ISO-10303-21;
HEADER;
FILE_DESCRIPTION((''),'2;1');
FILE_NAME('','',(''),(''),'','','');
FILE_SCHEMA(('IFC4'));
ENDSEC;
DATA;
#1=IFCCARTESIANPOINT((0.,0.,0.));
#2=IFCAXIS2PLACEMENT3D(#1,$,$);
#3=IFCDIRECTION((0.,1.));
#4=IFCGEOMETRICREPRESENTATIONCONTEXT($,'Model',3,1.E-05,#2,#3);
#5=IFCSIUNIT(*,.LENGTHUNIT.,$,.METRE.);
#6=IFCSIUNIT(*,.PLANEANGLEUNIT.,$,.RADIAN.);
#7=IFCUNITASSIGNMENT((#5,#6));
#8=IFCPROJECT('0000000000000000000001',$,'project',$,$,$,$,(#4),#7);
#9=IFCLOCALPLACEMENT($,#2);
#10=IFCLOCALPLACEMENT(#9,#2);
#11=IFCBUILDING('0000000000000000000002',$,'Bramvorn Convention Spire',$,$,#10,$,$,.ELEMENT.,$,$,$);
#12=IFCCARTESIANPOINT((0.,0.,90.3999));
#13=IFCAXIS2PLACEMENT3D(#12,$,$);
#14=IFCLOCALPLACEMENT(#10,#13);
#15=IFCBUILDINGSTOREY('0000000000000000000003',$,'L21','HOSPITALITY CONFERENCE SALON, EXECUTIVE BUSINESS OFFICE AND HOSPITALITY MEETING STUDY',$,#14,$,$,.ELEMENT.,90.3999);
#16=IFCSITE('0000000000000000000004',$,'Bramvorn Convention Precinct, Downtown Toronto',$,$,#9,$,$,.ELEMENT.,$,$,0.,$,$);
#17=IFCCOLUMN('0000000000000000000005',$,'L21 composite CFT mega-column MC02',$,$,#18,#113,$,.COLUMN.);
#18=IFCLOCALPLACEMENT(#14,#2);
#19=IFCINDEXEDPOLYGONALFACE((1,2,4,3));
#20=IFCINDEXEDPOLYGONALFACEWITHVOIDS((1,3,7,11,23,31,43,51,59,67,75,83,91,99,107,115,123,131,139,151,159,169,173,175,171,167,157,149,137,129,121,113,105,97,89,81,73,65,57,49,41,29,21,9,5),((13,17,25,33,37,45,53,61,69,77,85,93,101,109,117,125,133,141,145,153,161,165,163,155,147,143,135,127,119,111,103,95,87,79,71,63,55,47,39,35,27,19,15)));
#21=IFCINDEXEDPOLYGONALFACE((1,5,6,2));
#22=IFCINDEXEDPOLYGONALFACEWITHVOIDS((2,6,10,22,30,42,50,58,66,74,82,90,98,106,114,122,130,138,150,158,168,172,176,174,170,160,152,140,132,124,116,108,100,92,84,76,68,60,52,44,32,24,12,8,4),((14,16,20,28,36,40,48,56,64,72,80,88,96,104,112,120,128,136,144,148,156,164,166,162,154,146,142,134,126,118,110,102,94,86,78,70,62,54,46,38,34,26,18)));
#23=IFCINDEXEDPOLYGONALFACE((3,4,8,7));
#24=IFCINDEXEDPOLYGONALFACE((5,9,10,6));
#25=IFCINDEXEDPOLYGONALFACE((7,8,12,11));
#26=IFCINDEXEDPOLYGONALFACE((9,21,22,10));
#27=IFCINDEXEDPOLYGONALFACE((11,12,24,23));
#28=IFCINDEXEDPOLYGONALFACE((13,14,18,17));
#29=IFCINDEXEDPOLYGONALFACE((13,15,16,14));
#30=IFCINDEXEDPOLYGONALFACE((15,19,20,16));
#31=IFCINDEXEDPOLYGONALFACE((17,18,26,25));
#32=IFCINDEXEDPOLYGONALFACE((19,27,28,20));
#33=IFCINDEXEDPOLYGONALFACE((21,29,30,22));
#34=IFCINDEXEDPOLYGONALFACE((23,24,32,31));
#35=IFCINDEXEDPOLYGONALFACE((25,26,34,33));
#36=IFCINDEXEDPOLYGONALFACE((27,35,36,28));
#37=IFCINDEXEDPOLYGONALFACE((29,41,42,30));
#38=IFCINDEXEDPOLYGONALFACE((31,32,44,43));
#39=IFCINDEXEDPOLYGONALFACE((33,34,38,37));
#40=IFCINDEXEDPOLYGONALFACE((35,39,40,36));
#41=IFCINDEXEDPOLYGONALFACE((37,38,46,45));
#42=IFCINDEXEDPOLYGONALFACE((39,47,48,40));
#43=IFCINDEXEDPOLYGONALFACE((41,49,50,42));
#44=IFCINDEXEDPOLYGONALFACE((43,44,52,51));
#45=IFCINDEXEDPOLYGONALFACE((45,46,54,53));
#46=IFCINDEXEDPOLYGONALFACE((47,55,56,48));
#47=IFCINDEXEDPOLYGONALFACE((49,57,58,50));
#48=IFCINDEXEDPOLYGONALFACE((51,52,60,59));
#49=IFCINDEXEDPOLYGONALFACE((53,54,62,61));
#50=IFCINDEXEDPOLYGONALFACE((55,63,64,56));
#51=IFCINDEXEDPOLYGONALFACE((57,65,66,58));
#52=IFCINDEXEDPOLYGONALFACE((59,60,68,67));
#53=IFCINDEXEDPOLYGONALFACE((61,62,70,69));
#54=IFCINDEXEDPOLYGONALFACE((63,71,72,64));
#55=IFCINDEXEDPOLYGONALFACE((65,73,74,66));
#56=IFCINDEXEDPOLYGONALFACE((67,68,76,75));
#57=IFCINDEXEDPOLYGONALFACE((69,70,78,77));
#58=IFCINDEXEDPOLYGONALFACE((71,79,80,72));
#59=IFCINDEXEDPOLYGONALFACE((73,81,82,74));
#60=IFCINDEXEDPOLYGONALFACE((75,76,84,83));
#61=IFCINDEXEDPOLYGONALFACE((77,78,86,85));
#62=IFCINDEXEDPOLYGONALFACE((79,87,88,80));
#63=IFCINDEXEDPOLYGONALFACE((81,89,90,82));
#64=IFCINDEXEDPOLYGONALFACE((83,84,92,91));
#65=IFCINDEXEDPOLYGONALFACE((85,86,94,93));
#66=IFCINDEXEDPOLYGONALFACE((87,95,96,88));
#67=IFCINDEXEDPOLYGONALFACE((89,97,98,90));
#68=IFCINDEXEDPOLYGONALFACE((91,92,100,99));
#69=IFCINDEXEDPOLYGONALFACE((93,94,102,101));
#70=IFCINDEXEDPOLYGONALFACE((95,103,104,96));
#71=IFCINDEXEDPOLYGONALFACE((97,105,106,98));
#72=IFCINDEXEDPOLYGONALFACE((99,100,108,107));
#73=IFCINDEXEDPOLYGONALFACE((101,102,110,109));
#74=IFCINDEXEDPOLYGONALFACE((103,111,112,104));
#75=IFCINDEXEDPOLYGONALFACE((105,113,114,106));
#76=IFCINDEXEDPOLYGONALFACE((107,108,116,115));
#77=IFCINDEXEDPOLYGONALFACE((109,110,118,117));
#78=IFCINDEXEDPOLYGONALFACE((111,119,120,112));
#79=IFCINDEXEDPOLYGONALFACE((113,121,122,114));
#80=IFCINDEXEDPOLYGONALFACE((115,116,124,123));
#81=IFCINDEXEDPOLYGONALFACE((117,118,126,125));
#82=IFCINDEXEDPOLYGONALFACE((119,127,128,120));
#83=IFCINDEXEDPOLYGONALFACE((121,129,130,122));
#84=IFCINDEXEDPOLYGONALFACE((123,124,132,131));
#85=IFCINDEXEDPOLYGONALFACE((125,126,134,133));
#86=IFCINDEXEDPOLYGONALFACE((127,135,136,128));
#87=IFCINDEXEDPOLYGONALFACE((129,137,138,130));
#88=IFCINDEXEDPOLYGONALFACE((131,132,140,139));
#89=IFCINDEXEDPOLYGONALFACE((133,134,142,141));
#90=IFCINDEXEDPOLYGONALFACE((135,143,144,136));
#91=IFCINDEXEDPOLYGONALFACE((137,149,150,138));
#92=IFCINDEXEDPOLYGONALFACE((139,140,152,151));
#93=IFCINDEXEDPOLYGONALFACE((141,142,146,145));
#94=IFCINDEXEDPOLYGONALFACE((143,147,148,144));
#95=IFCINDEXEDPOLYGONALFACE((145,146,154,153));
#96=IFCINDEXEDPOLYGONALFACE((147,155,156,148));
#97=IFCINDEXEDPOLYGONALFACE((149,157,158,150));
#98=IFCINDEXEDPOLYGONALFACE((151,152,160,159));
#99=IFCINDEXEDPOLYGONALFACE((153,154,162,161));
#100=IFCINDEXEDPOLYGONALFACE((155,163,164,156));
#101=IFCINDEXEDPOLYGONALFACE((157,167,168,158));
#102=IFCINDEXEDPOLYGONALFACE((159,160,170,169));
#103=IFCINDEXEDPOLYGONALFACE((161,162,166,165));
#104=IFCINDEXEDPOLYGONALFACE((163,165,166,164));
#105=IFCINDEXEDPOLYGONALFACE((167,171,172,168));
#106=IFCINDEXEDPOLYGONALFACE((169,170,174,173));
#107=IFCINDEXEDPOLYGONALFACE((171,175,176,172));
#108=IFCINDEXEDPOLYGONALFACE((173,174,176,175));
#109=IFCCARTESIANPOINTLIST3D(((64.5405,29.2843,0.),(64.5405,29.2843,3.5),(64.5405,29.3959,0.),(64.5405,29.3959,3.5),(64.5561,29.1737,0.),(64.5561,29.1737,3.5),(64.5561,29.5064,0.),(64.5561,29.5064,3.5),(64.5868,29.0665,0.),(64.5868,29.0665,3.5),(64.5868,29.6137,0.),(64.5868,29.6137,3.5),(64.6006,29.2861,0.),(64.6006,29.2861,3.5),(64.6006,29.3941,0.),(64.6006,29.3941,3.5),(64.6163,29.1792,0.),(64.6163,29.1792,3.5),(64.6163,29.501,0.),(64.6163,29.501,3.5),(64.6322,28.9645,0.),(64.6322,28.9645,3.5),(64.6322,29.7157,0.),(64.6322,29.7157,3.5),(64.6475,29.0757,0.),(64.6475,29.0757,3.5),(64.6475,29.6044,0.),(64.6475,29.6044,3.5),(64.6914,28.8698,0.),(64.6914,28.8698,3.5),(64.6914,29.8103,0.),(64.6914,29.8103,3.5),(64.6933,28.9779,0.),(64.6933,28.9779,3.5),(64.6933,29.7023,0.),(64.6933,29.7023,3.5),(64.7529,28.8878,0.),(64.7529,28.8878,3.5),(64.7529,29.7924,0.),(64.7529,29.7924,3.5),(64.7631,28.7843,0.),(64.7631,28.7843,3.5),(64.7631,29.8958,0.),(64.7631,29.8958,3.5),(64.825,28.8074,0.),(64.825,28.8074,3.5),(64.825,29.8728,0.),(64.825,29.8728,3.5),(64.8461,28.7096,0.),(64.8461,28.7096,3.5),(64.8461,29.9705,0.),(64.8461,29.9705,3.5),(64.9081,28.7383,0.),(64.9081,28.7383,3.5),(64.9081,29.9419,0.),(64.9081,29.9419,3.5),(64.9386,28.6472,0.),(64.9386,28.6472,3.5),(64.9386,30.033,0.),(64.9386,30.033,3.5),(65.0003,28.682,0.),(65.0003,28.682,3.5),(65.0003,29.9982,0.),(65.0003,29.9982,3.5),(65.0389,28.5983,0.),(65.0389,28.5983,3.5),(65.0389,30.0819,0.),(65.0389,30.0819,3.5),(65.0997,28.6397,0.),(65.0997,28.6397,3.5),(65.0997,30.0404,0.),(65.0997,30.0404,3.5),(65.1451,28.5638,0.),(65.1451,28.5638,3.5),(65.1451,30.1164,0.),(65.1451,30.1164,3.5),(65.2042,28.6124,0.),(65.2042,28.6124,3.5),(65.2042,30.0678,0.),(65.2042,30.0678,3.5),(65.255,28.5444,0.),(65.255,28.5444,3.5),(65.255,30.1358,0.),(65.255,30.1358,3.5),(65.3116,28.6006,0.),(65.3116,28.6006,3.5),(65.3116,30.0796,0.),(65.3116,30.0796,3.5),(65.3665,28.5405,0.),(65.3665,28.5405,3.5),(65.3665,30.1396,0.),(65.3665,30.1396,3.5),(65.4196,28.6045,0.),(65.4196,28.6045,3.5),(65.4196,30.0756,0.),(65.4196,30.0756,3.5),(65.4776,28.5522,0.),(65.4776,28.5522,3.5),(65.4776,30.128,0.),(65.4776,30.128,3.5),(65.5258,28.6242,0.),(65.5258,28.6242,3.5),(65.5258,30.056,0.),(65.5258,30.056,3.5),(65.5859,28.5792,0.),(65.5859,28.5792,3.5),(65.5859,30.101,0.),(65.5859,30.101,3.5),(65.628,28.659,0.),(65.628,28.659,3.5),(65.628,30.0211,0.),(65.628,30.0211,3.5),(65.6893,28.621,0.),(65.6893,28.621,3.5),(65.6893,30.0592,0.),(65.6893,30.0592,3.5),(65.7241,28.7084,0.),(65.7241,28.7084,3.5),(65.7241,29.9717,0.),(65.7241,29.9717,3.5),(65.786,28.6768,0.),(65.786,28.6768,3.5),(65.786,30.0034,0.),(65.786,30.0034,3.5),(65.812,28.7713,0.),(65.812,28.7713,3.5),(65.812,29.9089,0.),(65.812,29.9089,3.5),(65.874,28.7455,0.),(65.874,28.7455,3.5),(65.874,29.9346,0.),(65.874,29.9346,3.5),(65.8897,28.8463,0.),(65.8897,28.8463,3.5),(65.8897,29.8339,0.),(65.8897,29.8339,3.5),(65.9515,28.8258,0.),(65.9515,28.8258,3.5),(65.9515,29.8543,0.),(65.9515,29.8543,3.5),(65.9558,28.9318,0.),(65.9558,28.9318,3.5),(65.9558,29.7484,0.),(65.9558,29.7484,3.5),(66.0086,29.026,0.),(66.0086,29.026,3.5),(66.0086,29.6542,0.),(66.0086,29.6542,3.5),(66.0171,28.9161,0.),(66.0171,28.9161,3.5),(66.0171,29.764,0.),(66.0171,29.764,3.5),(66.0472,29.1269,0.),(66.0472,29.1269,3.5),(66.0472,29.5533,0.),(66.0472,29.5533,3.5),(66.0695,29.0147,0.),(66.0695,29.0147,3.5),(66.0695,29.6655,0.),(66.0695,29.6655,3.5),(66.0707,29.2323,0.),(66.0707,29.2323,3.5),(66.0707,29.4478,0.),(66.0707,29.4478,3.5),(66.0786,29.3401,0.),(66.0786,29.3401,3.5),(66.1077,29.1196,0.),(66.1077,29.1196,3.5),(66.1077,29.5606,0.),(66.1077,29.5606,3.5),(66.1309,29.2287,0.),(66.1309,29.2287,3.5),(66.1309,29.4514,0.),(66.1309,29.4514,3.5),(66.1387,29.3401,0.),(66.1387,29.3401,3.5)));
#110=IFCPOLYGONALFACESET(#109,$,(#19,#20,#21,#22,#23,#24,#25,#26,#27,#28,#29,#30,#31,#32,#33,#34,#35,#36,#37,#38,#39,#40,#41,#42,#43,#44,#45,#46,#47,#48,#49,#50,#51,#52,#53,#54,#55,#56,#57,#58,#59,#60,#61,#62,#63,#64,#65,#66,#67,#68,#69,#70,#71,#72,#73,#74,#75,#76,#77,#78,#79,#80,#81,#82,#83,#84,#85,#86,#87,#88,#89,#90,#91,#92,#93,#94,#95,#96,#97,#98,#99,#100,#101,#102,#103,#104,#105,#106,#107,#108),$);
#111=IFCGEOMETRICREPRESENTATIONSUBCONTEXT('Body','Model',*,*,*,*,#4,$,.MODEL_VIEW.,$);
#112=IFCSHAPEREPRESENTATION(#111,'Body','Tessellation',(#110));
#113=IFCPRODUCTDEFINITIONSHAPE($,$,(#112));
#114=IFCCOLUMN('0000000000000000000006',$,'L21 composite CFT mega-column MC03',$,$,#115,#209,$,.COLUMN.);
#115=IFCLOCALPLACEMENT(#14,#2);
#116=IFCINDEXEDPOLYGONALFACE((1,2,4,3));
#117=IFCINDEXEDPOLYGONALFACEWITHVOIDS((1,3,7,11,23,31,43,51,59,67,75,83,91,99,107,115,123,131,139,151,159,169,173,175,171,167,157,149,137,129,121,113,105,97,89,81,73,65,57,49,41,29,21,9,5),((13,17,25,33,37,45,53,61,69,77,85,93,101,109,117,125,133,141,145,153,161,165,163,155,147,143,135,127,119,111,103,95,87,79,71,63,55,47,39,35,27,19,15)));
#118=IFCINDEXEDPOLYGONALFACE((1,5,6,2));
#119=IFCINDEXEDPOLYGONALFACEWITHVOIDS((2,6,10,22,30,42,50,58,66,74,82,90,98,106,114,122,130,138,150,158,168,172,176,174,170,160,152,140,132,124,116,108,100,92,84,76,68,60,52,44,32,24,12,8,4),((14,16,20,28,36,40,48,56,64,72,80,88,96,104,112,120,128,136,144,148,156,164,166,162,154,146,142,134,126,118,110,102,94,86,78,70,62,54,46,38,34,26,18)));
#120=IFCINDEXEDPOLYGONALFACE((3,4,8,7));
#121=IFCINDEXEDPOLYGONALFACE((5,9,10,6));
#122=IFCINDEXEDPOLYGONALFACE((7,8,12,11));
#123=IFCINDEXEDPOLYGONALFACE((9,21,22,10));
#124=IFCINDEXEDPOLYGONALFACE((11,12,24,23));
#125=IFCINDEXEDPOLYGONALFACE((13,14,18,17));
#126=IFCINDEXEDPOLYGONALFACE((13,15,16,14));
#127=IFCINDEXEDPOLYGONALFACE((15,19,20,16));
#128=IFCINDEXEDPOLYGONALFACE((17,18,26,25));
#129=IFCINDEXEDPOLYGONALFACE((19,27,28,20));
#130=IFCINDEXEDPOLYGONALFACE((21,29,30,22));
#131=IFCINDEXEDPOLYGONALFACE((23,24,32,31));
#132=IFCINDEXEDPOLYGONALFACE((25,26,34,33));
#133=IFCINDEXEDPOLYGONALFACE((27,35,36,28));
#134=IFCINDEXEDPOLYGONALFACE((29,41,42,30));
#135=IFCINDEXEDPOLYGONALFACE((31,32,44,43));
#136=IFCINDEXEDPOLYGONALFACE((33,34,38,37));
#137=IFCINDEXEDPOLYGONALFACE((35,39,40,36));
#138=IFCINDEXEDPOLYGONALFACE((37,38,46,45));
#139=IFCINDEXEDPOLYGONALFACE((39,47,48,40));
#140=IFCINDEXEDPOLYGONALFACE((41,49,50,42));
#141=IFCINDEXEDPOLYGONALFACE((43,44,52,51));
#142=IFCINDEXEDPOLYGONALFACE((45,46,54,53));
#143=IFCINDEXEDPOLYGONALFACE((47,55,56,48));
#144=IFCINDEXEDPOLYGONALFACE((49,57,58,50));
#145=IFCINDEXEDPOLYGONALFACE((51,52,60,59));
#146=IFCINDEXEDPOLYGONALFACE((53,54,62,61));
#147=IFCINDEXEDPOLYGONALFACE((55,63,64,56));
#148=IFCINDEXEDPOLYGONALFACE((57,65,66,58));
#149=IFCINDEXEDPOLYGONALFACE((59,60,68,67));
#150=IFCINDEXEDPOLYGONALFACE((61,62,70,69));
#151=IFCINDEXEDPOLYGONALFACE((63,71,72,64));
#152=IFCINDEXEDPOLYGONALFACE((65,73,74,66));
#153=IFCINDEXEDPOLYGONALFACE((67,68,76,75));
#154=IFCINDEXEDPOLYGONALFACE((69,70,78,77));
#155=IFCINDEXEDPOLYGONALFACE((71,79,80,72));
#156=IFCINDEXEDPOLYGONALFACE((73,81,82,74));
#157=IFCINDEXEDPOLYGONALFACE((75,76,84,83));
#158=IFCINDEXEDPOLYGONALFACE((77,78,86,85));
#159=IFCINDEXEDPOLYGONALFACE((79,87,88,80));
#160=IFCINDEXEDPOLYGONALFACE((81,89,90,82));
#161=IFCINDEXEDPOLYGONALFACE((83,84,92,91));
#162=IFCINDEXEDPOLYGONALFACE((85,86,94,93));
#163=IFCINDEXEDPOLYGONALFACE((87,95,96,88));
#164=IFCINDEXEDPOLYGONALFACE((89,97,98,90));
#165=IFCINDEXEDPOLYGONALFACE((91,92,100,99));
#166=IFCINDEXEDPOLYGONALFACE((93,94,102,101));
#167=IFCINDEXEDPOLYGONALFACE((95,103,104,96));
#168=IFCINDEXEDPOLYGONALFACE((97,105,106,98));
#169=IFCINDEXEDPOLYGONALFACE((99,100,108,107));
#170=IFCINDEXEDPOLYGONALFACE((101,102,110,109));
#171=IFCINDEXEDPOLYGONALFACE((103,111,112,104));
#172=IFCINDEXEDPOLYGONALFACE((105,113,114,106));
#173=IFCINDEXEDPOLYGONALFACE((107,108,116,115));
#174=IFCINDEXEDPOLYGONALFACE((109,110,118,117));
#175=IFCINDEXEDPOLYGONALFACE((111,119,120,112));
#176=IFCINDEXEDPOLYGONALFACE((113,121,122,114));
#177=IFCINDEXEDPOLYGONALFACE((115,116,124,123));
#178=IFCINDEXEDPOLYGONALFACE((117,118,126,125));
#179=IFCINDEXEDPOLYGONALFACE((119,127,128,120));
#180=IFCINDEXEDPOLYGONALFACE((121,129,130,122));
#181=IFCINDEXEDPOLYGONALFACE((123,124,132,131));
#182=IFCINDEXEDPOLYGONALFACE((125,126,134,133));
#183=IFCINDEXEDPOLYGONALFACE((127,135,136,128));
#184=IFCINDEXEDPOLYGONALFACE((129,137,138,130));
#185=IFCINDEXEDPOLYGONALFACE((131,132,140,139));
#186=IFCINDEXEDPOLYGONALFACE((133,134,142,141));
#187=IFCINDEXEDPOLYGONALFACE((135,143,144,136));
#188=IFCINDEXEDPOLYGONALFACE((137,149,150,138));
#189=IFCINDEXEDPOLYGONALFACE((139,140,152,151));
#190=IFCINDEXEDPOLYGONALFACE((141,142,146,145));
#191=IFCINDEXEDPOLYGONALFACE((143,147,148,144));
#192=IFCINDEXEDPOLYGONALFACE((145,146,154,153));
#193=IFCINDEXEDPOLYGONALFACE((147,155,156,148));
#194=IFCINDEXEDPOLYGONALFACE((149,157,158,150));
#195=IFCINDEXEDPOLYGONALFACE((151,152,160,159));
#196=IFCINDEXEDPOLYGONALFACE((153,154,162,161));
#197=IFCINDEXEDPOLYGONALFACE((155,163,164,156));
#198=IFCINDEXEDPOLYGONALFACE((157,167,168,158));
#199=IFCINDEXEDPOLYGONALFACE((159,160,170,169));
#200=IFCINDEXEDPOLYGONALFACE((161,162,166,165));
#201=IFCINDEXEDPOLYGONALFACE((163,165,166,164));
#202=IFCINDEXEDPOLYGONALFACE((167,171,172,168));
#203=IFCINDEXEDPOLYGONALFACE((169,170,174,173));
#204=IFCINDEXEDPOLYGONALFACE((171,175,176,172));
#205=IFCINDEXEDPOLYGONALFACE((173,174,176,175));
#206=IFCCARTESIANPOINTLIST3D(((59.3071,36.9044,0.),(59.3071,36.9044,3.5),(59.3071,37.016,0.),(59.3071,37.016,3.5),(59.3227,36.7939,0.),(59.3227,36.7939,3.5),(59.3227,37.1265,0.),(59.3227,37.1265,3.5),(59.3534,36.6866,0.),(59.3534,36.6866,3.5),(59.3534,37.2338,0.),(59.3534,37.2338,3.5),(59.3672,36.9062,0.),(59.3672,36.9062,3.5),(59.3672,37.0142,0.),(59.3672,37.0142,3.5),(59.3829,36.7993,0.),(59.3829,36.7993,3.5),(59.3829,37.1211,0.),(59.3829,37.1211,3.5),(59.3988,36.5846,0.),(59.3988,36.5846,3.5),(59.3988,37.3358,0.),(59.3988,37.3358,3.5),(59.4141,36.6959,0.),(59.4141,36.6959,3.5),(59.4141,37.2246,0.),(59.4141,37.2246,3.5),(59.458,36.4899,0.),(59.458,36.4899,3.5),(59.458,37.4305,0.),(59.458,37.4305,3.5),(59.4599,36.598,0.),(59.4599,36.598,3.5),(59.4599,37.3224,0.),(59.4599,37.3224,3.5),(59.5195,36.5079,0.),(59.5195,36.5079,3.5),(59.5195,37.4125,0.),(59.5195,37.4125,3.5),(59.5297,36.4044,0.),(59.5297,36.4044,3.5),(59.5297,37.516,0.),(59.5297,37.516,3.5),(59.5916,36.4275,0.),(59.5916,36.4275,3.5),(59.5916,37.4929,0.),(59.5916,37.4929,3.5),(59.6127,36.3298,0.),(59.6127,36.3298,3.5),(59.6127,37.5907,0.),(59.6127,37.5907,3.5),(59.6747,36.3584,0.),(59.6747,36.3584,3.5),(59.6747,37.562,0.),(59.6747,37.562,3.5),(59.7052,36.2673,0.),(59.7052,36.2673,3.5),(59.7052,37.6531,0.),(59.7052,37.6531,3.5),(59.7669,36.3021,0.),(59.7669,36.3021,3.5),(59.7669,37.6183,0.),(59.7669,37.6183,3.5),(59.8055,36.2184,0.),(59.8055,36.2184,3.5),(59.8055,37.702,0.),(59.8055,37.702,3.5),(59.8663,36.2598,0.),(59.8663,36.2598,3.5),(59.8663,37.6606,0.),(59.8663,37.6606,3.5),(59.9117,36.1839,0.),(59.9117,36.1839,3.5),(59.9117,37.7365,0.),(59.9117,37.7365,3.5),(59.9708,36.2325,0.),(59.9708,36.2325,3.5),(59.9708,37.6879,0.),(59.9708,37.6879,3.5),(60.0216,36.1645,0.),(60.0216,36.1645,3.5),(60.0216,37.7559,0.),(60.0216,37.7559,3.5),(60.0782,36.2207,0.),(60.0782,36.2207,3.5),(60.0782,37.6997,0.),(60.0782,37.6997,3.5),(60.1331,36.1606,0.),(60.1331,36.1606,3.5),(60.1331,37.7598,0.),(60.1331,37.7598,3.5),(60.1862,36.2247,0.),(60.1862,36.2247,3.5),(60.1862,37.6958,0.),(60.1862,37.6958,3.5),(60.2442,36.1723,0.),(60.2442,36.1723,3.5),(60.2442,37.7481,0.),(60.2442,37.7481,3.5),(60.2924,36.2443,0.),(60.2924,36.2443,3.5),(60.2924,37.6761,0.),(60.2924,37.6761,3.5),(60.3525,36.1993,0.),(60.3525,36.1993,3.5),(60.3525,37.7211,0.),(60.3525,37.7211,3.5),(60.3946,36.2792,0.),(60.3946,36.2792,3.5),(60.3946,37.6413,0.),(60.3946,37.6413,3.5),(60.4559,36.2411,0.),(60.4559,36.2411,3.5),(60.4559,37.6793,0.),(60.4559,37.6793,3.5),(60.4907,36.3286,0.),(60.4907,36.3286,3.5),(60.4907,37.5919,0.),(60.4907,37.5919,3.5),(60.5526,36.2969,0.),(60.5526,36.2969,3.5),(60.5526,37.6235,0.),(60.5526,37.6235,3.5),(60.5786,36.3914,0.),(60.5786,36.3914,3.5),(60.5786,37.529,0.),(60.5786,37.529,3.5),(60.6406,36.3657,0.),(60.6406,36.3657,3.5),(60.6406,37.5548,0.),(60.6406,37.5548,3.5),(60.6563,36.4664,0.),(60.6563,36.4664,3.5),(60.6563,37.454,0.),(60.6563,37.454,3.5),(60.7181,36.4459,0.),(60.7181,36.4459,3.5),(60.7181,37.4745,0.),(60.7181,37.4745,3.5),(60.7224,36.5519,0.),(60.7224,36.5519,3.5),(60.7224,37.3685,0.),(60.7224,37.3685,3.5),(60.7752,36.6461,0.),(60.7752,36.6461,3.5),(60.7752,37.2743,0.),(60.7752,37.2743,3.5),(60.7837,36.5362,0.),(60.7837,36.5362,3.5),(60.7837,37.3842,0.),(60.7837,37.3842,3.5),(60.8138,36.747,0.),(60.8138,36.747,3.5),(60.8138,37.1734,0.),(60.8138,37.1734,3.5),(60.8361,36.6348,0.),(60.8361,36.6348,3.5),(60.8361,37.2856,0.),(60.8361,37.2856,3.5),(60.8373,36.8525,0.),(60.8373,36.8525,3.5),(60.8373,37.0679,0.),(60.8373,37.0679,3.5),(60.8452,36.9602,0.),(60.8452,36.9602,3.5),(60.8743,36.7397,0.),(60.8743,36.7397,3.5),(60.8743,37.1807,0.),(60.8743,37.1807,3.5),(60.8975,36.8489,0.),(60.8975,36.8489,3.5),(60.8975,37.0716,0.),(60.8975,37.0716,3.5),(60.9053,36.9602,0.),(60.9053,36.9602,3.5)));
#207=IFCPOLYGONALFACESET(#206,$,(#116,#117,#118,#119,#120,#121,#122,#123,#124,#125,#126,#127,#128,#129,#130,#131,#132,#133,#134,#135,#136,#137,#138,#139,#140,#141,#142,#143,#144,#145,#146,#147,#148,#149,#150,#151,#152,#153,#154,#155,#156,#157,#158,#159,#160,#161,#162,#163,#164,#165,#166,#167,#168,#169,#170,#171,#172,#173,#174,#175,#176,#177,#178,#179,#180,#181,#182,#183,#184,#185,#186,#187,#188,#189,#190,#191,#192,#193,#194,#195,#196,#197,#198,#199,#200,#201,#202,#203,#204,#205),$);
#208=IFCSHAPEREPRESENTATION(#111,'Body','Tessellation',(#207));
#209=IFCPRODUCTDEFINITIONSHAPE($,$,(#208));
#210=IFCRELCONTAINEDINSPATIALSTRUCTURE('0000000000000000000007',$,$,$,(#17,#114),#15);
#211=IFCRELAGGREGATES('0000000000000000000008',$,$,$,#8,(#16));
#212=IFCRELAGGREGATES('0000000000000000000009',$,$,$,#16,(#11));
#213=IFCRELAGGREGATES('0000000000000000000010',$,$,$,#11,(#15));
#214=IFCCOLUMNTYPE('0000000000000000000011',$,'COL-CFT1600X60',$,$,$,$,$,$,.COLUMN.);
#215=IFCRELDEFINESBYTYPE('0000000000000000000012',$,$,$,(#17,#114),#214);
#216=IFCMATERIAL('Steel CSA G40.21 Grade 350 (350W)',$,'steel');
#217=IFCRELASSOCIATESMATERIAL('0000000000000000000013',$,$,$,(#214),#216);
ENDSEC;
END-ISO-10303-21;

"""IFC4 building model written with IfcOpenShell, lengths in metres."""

from ifc_helpers import new_model, si_unit, direction, frame, origin, origin_2d, place, context, subcontext, project, spatial, hollow_circle, extrude, material, material_profile, profile_set, type_object, element, save


model = new_model("IFC4")

# Units and contexts
model_context = context("Model", 3, precision=1e-05, world=origin(), true_north=direction((0.0, 1.0)))
body_context = subcontext(model_context, "Body", "Model", "MODEL_VIEW")
ifc_project = project(units=[si_unit("LENGTHUNIT", "METRE"), si_unit("PLANEANGLEUNIT", "RADIAN")], contexts=[model_context])

# Site, building, storey
site_placement = place(None, origin())
site = spatial("IfcSite", under=ifc_project, at=site_placement, Name="Bramvorn Convention Precinct, Downtown Toronto", CompositionType="ELEMENT", RefElevation=0.0)
building_placement = place(site_placement, origin())
building = spatial("IfcBuilding", under=site, at=building_placement, Name="Bramvorn Convention Spire", CompositionType="ELEMENT")
storey_placement = place(building_placement, frame((0.0, 0.0, 90.3999)))
storey = spatial("IfcBuildingStorey", under=building, at=storey_placement, Name="L21", Description="HOSPITALITY CONFERENCE SALON, EXECUTIVE BUSINESS OFFICE AND HOSPITALITY MEETING STUDY", CompositionType="ELEMENT", Elevation=90.3999)

# Columns
ifc_material_1 = material(Name="Steel CSA G40.21 Grade 350 (350W)", Category="steel")
ifc_material_profile_1 = material_profile(ifc_material_1, hollow_circle(Radius=0.8, WallThickness=0.0601, at=origin_2d()))
ifc_profile_set_1 = profile_set([ifc_material_profile_1], Name="Steel CSA G40.21 Grade 350 (350W) - CFT1600X60")
column_type = type_object("IfcColumnType", Name="COL-CFT1600X60", PredefinedType="COLUMN", material=ifc_profile_set_1)
for number, where, z_axis, x_axis, name in (
    (1, (65.3386, 29.3401, 0.0), (0.0, 0.0, 1.0), (1.0, 0.0, 0.0), "L21 composite CFT mega-column MC02"),
    (2, (60.1052, 36.9602, 0.0), (0.0, 0.0, 1.0), (1.0, 0.0, 0.0), "L21 composite CFT mega-column MC03"),
):
    element("IfcColumn", number, at=place(storey_placement, frame(where, z_axis=z_axis, x_axis=x_axis)), inside=storey, type_object=column_type, Name=name, PredefinedType="COLUMN", context=body_context, shape_type="SweptSolid", body=[
        extrude(hollow_circle(Radius=0.8, WallThickness=0.0601, at=origin_2d()), origin(), (0.0, 0.0, 1.0), 3.5),
    ])

save(model, "model.ifc")
